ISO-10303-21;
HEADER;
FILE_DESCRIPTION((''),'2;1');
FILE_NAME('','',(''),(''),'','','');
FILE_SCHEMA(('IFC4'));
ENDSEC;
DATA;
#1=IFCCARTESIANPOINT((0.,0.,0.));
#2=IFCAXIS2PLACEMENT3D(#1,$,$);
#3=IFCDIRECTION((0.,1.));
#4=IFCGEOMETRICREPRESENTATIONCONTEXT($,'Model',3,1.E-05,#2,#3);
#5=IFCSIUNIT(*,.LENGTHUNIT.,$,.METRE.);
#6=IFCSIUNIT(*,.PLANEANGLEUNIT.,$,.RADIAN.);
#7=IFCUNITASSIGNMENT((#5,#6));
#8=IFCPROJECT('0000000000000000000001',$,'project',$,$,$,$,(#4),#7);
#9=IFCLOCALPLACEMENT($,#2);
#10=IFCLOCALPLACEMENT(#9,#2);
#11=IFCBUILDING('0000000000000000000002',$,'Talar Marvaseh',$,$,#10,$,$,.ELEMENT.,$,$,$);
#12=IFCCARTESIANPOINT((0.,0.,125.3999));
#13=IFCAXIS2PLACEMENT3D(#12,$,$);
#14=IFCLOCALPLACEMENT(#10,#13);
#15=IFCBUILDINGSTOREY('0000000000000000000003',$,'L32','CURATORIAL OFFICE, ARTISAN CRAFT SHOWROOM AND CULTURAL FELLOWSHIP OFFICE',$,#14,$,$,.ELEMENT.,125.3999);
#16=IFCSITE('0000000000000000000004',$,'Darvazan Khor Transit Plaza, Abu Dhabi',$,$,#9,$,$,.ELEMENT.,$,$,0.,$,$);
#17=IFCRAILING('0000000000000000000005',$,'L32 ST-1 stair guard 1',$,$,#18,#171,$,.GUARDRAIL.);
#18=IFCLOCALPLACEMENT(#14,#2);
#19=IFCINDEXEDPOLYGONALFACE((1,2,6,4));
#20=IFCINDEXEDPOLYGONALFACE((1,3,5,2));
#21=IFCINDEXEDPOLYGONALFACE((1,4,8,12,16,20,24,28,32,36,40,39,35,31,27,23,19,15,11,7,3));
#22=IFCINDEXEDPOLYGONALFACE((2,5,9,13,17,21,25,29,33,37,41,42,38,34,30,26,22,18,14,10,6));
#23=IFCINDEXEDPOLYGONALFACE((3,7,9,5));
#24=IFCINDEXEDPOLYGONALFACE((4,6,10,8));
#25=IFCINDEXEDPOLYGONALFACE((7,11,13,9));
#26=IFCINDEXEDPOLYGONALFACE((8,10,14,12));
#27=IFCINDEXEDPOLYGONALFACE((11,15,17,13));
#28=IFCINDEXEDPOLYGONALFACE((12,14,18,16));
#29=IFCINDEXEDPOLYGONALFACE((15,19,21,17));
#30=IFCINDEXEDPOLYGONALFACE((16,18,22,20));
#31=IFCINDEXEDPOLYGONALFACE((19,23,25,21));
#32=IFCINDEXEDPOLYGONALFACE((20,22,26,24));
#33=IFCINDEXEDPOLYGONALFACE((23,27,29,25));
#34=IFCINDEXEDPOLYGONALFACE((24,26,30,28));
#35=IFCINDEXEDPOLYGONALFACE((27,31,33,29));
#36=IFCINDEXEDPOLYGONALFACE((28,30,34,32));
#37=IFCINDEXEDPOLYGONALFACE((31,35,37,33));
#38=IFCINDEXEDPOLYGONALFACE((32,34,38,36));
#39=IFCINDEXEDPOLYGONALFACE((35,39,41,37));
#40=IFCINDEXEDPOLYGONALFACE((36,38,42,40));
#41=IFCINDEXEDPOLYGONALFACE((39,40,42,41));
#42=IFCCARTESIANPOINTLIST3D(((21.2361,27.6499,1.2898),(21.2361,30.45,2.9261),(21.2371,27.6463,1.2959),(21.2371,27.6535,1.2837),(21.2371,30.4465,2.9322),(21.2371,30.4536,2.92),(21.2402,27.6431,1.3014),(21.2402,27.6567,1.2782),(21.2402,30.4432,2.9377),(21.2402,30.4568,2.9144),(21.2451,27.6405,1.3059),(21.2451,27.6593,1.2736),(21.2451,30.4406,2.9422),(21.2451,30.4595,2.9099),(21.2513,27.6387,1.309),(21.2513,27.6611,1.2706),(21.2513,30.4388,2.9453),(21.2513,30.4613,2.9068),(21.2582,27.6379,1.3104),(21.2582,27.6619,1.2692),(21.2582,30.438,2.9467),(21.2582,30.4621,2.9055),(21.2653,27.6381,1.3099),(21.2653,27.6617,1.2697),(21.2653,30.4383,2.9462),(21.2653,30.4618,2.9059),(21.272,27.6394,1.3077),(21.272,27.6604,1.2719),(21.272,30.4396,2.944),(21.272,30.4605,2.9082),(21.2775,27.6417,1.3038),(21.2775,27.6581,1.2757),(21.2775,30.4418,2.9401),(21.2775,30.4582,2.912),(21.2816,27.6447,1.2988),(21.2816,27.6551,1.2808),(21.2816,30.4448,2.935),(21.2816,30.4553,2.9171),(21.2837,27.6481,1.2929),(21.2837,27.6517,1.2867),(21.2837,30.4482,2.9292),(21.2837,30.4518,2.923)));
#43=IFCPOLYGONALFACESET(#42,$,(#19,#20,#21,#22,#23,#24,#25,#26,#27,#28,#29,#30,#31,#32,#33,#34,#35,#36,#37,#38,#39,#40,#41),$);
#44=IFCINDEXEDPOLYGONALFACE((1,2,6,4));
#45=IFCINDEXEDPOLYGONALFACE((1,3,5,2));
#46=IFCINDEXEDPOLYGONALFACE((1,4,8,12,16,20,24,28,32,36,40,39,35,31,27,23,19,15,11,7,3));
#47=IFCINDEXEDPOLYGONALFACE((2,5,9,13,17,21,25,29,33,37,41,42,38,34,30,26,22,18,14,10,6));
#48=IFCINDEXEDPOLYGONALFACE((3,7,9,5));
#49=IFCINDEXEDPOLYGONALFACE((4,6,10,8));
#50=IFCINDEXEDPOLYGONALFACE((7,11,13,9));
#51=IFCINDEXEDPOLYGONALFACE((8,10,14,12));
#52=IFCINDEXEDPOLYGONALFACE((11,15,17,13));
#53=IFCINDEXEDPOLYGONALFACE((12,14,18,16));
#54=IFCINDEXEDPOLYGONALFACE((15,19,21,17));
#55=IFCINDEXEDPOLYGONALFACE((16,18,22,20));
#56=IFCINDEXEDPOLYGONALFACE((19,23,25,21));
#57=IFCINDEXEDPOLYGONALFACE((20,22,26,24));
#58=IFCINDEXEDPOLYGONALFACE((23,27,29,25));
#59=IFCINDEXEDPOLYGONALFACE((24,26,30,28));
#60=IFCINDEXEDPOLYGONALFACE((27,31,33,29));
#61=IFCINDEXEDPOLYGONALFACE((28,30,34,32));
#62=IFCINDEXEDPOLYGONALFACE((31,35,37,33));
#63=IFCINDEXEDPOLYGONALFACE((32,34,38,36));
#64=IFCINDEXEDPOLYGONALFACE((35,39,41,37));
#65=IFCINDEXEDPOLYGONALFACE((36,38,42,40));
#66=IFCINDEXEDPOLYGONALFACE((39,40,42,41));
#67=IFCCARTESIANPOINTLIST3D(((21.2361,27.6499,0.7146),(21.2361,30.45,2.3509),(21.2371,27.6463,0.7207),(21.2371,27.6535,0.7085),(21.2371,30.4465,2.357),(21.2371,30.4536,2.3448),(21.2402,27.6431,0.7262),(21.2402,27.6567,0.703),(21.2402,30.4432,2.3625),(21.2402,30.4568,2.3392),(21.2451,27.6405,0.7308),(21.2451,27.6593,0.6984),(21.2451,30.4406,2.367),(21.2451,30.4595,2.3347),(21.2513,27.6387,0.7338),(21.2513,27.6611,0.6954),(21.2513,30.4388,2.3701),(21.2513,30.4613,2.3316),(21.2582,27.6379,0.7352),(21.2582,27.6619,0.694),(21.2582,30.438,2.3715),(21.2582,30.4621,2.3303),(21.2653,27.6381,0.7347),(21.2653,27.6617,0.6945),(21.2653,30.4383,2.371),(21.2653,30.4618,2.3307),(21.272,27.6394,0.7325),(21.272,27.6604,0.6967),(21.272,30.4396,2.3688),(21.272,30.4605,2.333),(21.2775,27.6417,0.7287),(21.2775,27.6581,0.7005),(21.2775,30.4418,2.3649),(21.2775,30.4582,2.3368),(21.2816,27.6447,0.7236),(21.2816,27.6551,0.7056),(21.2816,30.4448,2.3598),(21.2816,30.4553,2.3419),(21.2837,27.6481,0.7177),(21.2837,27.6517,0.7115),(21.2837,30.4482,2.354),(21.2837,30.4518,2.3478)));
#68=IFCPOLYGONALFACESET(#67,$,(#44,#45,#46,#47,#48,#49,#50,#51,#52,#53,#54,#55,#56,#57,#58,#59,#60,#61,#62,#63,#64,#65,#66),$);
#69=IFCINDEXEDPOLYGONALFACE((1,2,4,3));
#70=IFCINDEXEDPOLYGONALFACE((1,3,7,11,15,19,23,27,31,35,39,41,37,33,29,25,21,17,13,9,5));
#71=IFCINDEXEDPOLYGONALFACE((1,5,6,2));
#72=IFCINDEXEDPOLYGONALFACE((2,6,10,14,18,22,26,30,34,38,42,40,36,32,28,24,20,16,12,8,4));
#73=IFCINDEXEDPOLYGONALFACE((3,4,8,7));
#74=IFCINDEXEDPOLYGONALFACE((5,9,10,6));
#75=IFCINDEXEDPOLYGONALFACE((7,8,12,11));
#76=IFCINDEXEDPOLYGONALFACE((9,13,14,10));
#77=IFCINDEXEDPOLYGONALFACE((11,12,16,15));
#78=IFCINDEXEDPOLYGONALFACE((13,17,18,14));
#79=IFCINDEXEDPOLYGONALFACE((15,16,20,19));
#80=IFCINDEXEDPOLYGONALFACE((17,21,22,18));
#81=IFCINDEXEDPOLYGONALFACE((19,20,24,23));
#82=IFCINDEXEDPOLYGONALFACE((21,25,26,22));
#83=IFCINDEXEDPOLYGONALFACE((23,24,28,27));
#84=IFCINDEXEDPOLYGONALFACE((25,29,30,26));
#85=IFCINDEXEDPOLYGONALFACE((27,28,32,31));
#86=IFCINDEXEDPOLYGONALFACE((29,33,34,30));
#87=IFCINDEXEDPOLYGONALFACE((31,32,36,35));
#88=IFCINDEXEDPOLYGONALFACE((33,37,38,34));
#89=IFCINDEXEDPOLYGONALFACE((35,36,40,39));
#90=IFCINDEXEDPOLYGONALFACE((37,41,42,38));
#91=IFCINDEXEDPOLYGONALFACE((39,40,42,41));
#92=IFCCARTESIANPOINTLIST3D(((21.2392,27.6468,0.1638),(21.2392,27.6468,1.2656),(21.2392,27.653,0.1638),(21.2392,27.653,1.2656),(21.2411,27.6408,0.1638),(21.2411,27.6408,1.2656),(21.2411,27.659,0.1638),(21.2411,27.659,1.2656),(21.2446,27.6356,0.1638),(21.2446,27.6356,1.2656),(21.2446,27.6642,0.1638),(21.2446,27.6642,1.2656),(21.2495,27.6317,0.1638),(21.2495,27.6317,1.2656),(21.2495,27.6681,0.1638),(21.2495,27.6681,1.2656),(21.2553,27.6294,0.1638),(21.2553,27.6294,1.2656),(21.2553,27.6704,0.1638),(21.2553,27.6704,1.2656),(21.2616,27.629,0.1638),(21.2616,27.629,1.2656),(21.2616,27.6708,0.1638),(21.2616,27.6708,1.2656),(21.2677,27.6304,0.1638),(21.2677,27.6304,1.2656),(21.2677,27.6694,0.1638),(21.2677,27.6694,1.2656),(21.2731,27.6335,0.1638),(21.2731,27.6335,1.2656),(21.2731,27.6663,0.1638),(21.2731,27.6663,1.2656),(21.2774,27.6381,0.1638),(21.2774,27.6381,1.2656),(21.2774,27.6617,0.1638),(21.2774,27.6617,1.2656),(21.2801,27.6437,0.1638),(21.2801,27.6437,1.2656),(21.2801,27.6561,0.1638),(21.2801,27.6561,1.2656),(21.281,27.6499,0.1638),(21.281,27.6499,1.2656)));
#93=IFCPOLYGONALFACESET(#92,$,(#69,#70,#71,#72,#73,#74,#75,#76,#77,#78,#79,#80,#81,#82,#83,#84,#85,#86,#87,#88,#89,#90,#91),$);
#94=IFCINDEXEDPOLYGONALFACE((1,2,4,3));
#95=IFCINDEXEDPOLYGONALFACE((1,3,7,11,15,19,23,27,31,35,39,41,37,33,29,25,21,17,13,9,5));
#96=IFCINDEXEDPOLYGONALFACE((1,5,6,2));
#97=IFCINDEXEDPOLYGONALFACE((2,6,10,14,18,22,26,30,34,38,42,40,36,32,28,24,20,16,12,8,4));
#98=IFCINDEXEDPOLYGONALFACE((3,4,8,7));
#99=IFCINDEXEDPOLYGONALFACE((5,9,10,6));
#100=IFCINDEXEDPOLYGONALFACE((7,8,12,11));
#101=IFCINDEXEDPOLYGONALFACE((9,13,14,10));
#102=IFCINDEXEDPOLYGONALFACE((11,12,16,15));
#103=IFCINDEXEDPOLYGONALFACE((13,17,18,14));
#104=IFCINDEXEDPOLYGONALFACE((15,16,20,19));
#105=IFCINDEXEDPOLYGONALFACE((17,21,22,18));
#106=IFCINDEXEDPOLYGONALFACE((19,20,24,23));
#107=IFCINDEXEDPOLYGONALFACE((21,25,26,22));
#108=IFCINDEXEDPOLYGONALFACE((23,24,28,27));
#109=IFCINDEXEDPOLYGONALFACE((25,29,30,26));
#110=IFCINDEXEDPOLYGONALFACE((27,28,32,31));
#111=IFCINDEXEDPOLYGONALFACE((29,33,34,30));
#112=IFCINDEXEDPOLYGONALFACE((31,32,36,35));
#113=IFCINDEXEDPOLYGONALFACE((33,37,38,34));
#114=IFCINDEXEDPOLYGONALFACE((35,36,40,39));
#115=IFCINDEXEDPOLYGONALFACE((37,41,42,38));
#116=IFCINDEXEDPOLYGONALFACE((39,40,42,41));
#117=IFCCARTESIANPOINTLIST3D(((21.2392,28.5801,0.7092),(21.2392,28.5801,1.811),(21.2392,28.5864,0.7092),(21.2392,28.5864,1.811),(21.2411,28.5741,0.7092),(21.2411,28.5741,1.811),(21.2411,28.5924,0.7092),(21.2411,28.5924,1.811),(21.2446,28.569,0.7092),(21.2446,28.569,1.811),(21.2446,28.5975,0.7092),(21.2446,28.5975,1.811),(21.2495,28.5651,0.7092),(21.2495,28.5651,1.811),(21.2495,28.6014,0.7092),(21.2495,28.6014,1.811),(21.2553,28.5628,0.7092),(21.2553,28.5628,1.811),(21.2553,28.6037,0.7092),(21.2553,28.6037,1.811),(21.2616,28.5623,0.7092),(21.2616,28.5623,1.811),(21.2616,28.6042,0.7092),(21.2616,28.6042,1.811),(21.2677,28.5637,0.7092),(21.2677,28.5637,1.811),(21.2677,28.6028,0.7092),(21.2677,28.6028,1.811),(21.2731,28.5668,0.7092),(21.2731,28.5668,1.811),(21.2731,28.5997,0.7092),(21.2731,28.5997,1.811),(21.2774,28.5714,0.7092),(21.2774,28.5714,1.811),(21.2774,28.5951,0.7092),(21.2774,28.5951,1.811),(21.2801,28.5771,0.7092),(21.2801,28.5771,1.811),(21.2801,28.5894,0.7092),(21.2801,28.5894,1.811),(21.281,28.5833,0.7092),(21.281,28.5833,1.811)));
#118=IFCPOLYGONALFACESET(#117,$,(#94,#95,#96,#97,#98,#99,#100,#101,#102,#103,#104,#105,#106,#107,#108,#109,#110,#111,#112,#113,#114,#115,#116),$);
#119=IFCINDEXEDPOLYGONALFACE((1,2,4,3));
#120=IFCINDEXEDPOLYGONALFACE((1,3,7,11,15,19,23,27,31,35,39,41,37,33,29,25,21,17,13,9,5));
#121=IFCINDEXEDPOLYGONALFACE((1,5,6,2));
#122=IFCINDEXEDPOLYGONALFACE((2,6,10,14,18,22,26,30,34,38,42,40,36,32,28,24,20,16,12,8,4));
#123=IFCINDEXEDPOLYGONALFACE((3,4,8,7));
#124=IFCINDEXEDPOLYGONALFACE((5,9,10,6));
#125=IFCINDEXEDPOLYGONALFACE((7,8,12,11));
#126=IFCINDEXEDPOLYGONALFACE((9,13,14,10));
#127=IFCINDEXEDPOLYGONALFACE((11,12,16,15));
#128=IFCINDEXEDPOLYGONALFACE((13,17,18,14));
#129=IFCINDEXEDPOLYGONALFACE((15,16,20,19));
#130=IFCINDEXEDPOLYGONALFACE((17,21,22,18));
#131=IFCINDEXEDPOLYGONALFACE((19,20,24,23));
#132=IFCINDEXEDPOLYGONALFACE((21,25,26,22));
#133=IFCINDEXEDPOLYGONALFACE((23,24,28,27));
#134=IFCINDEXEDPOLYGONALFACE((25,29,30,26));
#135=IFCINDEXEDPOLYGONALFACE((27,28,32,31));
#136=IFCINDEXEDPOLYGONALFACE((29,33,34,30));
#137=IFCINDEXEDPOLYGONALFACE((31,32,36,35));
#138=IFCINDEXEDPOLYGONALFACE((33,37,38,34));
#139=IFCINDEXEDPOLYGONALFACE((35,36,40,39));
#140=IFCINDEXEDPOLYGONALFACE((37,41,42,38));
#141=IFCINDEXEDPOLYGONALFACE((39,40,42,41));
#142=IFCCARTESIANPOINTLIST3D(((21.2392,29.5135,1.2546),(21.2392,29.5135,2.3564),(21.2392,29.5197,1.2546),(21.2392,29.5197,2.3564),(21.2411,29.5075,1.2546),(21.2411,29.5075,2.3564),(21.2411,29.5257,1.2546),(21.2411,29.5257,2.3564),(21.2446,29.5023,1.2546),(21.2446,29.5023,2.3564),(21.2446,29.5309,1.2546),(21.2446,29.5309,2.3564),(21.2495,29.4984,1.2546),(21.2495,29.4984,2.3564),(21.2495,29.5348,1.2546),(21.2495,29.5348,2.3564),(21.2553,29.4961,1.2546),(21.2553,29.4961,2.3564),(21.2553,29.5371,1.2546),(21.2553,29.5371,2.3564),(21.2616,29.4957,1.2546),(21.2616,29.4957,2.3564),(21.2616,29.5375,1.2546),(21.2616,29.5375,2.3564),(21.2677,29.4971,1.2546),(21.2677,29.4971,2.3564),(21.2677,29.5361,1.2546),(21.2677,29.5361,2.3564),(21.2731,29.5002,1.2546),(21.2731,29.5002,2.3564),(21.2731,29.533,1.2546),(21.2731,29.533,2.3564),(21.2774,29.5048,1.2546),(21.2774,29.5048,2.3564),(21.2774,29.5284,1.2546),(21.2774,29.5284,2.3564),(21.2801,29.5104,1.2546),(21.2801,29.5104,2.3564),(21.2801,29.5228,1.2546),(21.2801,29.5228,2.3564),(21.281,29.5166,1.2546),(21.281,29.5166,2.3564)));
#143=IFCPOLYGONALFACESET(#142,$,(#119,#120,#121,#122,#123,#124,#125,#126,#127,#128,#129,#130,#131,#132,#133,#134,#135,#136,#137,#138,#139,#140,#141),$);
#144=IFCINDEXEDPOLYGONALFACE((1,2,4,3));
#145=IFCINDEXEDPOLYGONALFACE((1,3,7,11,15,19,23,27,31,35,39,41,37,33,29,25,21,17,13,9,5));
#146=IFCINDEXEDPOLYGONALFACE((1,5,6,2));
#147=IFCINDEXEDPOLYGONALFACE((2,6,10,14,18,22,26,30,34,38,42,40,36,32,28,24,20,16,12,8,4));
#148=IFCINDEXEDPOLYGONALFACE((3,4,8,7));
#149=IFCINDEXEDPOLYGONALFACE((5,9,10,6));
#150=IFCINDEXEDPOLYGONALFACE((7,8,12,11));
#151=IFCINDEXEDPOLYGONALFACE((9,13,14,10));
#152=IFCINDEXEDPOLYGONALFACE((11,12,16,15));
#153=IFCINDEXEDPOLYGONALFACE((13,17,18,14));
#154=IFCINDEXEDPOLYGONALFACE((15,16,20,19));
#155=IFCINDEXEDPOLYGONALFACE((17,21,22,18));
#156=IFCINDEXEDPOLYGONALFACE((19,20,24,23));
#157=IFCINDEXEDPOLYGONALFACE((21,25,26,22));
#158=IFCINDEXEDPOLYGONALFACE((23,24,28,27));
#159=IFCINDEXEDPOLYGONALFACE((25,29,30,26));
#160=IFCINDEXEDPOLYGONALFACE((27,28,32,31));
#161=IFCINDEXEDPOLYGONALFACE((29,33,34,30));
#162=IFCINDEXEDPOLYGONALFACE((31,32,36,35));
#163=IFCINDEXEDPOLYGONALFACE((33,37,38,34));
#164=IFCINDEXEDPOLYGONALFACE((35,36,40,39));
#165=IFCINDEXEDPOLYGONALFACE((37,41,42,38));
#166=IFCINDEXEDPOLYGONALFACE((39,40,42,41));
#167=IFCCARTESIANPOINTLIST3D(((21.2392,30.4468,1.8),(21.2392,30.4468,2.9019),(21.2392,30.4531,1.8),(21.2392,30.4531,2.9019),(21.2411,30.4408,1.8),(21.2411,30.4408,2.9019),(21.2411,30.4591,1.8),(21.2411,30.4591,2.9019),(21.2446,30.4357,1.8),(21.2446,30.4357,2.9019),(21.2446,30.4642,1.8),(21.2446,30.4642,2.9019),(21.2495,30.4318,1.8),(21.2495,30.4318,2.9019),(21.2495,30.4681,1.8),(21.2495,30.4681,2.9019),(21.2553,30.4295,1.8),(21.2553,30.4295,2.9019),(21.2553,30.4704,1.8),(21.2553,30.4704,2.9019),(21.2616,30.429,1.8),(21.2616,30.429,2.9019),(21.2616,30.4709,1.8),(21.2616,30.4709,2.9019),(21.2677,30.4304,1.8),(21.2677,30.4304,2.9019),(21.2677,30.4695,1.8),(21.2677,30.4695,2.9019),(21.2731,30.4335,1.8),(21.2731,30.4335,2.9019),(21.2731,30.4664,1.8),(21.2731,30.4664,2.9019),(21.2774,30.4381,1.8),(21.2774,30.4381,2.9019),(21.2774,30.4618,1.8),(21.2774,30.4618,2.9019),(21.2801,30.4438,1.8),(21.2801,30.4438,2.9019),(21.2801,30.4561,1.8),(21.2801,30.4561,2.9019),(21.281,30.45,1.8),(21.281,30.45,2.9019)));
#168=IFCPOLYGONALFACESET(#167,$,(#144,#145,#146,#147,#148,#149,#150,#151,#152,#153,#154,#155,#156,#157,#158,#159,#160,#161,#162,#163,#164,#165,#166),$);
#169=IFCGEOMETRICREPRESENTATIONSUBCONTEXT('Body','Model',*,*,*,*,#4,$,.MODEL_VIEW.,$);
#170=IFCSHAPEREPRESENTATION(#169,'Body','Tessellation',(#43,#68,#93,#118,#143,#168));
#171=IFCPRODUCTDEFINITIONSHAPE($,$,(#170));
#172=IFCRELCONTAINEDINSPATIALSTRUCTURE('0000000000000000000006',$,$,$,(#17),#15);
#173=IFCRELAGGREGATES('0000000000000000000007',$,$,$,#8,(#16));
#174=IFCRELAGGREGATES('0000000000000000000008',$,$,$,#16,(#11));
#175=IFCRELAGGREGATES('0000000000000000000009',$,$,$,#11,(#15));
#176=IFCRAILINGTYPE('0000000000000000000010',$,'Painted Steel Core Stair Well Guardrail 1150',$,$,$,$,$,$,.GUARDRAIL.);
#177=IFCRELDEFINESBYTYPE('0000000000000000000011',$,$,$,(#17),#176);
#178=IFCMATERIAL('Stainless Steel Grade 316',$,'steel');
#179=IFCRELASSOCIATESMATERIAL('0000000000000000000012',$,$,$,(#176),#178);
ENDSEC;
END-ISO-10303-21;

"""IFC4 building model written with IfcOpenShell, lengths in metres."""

from ifc_helpers import new_model, si_unit, direction, frame, origin, origin_2d, place, context, subcontext, project, spatial, circle, extrude, material, type_object, element, save


model = new_model("IFC4")

# Units and contexts
model_context = context("Model", 3, precision=1e-05, world=origin(), true_north=direction((0.0, 1.0)))
body_context = subcontext(model_context, "Body", "Model", "MODEL_VIEW")
ifc_project = project(units=[si_unit("LENGTHUNIT", "METRE"), si_unit("PLANEANGLEUNIT", "RADIAN")], contexts=[model_context])

# Site, building, storey
site_placement = place(None, origin())
site = spatial("IfcSite", under=ifc_project, at=site_placement, Name="Darvazan Khor Transit Plaza, Abu Dhabi", CompositionType="ELEMENT", RefElevation=0.0)
building_placement = place(site_placement, origin())
building = spatial("IfcBuilding", under=site, at=building_placement, Name="Talar Marvaseh", CompositionType="ELEMENT")
storey_placement = place(building_placement, frame((0.0, 0.0, 125.3999)))
storey = spatial("IfcBuildingStorey", under=building, at=storey_placement, Name="L32", Description="CURATORIAL OFFICE, ARTISAN CRAFT SHOWROOM AND CULTURAL FELLOWSHIP OFFICE", CompositionType="ELEMENT", Elevation=125.3999)

# Railing
ifc_material_1 = material(Name="Stainless Steel Grade 316", Category="steel")
railing_type_1 = type_object("IfcRailingType", Name="Painted Steel Core Stair Well Guardrail 1150", PredefinedType="GUARDRAIL", material=ifc_material_1)
railing_1_placement = place(storey_placement, frame((21.26, 27.6499, 0.1638)))
element("IfcRailing", 1, at=railing_1_placement, inside=storey, type_object=railing_type_1, Name="L32 ST-1 stair guard 1", PredefinedType="GUARDRAIL", context=body_context, shape_type="SweptSolid", body=[
    extrude(circle(Radius=0.0239, at=origin_2d()), frame((0.0, 0.0, 1.126), z_axis=(0.0, 0.863394, 0.504531), x_axis=(-1.0, 0.0, 0.0)), (0.0, 0.0, 1.0), 3.2432),
    extrude(circle(Radius=0.0239, at=origin_2d()), frame((0.0, 0.0, 0.5508), z_axis=(0.0, 0.863394, 0.504531), x_axis=(-1.0, 0.0, 0.0)), (0.0, 0.0, 1.0), 3.2432),
    extrude(circle(Radius=0.021, at=origin_2d()), origin(), (0.0, 0.0, 1.0), 1.1018),
    extrude(circle(Radius=0.021, at=origin_2d()), frame((0.0, 0.9333, 0.5454)), (0.0, 0.0, 1.0), 1.1018),
    extrude(circle(Radius=0.021, at=origin_2d()), frame((0.0, 1.8667, 1.0908)), (0.0, 0.0, 1.0), 1.1018),
    extrude(circle(Radius=0.021, at=origin_2d()), frame((0.0, 2.8, 1.6362)), (0.0, 0.0, 1.0), 1.1018),
])

save(model, "model.ifc")
